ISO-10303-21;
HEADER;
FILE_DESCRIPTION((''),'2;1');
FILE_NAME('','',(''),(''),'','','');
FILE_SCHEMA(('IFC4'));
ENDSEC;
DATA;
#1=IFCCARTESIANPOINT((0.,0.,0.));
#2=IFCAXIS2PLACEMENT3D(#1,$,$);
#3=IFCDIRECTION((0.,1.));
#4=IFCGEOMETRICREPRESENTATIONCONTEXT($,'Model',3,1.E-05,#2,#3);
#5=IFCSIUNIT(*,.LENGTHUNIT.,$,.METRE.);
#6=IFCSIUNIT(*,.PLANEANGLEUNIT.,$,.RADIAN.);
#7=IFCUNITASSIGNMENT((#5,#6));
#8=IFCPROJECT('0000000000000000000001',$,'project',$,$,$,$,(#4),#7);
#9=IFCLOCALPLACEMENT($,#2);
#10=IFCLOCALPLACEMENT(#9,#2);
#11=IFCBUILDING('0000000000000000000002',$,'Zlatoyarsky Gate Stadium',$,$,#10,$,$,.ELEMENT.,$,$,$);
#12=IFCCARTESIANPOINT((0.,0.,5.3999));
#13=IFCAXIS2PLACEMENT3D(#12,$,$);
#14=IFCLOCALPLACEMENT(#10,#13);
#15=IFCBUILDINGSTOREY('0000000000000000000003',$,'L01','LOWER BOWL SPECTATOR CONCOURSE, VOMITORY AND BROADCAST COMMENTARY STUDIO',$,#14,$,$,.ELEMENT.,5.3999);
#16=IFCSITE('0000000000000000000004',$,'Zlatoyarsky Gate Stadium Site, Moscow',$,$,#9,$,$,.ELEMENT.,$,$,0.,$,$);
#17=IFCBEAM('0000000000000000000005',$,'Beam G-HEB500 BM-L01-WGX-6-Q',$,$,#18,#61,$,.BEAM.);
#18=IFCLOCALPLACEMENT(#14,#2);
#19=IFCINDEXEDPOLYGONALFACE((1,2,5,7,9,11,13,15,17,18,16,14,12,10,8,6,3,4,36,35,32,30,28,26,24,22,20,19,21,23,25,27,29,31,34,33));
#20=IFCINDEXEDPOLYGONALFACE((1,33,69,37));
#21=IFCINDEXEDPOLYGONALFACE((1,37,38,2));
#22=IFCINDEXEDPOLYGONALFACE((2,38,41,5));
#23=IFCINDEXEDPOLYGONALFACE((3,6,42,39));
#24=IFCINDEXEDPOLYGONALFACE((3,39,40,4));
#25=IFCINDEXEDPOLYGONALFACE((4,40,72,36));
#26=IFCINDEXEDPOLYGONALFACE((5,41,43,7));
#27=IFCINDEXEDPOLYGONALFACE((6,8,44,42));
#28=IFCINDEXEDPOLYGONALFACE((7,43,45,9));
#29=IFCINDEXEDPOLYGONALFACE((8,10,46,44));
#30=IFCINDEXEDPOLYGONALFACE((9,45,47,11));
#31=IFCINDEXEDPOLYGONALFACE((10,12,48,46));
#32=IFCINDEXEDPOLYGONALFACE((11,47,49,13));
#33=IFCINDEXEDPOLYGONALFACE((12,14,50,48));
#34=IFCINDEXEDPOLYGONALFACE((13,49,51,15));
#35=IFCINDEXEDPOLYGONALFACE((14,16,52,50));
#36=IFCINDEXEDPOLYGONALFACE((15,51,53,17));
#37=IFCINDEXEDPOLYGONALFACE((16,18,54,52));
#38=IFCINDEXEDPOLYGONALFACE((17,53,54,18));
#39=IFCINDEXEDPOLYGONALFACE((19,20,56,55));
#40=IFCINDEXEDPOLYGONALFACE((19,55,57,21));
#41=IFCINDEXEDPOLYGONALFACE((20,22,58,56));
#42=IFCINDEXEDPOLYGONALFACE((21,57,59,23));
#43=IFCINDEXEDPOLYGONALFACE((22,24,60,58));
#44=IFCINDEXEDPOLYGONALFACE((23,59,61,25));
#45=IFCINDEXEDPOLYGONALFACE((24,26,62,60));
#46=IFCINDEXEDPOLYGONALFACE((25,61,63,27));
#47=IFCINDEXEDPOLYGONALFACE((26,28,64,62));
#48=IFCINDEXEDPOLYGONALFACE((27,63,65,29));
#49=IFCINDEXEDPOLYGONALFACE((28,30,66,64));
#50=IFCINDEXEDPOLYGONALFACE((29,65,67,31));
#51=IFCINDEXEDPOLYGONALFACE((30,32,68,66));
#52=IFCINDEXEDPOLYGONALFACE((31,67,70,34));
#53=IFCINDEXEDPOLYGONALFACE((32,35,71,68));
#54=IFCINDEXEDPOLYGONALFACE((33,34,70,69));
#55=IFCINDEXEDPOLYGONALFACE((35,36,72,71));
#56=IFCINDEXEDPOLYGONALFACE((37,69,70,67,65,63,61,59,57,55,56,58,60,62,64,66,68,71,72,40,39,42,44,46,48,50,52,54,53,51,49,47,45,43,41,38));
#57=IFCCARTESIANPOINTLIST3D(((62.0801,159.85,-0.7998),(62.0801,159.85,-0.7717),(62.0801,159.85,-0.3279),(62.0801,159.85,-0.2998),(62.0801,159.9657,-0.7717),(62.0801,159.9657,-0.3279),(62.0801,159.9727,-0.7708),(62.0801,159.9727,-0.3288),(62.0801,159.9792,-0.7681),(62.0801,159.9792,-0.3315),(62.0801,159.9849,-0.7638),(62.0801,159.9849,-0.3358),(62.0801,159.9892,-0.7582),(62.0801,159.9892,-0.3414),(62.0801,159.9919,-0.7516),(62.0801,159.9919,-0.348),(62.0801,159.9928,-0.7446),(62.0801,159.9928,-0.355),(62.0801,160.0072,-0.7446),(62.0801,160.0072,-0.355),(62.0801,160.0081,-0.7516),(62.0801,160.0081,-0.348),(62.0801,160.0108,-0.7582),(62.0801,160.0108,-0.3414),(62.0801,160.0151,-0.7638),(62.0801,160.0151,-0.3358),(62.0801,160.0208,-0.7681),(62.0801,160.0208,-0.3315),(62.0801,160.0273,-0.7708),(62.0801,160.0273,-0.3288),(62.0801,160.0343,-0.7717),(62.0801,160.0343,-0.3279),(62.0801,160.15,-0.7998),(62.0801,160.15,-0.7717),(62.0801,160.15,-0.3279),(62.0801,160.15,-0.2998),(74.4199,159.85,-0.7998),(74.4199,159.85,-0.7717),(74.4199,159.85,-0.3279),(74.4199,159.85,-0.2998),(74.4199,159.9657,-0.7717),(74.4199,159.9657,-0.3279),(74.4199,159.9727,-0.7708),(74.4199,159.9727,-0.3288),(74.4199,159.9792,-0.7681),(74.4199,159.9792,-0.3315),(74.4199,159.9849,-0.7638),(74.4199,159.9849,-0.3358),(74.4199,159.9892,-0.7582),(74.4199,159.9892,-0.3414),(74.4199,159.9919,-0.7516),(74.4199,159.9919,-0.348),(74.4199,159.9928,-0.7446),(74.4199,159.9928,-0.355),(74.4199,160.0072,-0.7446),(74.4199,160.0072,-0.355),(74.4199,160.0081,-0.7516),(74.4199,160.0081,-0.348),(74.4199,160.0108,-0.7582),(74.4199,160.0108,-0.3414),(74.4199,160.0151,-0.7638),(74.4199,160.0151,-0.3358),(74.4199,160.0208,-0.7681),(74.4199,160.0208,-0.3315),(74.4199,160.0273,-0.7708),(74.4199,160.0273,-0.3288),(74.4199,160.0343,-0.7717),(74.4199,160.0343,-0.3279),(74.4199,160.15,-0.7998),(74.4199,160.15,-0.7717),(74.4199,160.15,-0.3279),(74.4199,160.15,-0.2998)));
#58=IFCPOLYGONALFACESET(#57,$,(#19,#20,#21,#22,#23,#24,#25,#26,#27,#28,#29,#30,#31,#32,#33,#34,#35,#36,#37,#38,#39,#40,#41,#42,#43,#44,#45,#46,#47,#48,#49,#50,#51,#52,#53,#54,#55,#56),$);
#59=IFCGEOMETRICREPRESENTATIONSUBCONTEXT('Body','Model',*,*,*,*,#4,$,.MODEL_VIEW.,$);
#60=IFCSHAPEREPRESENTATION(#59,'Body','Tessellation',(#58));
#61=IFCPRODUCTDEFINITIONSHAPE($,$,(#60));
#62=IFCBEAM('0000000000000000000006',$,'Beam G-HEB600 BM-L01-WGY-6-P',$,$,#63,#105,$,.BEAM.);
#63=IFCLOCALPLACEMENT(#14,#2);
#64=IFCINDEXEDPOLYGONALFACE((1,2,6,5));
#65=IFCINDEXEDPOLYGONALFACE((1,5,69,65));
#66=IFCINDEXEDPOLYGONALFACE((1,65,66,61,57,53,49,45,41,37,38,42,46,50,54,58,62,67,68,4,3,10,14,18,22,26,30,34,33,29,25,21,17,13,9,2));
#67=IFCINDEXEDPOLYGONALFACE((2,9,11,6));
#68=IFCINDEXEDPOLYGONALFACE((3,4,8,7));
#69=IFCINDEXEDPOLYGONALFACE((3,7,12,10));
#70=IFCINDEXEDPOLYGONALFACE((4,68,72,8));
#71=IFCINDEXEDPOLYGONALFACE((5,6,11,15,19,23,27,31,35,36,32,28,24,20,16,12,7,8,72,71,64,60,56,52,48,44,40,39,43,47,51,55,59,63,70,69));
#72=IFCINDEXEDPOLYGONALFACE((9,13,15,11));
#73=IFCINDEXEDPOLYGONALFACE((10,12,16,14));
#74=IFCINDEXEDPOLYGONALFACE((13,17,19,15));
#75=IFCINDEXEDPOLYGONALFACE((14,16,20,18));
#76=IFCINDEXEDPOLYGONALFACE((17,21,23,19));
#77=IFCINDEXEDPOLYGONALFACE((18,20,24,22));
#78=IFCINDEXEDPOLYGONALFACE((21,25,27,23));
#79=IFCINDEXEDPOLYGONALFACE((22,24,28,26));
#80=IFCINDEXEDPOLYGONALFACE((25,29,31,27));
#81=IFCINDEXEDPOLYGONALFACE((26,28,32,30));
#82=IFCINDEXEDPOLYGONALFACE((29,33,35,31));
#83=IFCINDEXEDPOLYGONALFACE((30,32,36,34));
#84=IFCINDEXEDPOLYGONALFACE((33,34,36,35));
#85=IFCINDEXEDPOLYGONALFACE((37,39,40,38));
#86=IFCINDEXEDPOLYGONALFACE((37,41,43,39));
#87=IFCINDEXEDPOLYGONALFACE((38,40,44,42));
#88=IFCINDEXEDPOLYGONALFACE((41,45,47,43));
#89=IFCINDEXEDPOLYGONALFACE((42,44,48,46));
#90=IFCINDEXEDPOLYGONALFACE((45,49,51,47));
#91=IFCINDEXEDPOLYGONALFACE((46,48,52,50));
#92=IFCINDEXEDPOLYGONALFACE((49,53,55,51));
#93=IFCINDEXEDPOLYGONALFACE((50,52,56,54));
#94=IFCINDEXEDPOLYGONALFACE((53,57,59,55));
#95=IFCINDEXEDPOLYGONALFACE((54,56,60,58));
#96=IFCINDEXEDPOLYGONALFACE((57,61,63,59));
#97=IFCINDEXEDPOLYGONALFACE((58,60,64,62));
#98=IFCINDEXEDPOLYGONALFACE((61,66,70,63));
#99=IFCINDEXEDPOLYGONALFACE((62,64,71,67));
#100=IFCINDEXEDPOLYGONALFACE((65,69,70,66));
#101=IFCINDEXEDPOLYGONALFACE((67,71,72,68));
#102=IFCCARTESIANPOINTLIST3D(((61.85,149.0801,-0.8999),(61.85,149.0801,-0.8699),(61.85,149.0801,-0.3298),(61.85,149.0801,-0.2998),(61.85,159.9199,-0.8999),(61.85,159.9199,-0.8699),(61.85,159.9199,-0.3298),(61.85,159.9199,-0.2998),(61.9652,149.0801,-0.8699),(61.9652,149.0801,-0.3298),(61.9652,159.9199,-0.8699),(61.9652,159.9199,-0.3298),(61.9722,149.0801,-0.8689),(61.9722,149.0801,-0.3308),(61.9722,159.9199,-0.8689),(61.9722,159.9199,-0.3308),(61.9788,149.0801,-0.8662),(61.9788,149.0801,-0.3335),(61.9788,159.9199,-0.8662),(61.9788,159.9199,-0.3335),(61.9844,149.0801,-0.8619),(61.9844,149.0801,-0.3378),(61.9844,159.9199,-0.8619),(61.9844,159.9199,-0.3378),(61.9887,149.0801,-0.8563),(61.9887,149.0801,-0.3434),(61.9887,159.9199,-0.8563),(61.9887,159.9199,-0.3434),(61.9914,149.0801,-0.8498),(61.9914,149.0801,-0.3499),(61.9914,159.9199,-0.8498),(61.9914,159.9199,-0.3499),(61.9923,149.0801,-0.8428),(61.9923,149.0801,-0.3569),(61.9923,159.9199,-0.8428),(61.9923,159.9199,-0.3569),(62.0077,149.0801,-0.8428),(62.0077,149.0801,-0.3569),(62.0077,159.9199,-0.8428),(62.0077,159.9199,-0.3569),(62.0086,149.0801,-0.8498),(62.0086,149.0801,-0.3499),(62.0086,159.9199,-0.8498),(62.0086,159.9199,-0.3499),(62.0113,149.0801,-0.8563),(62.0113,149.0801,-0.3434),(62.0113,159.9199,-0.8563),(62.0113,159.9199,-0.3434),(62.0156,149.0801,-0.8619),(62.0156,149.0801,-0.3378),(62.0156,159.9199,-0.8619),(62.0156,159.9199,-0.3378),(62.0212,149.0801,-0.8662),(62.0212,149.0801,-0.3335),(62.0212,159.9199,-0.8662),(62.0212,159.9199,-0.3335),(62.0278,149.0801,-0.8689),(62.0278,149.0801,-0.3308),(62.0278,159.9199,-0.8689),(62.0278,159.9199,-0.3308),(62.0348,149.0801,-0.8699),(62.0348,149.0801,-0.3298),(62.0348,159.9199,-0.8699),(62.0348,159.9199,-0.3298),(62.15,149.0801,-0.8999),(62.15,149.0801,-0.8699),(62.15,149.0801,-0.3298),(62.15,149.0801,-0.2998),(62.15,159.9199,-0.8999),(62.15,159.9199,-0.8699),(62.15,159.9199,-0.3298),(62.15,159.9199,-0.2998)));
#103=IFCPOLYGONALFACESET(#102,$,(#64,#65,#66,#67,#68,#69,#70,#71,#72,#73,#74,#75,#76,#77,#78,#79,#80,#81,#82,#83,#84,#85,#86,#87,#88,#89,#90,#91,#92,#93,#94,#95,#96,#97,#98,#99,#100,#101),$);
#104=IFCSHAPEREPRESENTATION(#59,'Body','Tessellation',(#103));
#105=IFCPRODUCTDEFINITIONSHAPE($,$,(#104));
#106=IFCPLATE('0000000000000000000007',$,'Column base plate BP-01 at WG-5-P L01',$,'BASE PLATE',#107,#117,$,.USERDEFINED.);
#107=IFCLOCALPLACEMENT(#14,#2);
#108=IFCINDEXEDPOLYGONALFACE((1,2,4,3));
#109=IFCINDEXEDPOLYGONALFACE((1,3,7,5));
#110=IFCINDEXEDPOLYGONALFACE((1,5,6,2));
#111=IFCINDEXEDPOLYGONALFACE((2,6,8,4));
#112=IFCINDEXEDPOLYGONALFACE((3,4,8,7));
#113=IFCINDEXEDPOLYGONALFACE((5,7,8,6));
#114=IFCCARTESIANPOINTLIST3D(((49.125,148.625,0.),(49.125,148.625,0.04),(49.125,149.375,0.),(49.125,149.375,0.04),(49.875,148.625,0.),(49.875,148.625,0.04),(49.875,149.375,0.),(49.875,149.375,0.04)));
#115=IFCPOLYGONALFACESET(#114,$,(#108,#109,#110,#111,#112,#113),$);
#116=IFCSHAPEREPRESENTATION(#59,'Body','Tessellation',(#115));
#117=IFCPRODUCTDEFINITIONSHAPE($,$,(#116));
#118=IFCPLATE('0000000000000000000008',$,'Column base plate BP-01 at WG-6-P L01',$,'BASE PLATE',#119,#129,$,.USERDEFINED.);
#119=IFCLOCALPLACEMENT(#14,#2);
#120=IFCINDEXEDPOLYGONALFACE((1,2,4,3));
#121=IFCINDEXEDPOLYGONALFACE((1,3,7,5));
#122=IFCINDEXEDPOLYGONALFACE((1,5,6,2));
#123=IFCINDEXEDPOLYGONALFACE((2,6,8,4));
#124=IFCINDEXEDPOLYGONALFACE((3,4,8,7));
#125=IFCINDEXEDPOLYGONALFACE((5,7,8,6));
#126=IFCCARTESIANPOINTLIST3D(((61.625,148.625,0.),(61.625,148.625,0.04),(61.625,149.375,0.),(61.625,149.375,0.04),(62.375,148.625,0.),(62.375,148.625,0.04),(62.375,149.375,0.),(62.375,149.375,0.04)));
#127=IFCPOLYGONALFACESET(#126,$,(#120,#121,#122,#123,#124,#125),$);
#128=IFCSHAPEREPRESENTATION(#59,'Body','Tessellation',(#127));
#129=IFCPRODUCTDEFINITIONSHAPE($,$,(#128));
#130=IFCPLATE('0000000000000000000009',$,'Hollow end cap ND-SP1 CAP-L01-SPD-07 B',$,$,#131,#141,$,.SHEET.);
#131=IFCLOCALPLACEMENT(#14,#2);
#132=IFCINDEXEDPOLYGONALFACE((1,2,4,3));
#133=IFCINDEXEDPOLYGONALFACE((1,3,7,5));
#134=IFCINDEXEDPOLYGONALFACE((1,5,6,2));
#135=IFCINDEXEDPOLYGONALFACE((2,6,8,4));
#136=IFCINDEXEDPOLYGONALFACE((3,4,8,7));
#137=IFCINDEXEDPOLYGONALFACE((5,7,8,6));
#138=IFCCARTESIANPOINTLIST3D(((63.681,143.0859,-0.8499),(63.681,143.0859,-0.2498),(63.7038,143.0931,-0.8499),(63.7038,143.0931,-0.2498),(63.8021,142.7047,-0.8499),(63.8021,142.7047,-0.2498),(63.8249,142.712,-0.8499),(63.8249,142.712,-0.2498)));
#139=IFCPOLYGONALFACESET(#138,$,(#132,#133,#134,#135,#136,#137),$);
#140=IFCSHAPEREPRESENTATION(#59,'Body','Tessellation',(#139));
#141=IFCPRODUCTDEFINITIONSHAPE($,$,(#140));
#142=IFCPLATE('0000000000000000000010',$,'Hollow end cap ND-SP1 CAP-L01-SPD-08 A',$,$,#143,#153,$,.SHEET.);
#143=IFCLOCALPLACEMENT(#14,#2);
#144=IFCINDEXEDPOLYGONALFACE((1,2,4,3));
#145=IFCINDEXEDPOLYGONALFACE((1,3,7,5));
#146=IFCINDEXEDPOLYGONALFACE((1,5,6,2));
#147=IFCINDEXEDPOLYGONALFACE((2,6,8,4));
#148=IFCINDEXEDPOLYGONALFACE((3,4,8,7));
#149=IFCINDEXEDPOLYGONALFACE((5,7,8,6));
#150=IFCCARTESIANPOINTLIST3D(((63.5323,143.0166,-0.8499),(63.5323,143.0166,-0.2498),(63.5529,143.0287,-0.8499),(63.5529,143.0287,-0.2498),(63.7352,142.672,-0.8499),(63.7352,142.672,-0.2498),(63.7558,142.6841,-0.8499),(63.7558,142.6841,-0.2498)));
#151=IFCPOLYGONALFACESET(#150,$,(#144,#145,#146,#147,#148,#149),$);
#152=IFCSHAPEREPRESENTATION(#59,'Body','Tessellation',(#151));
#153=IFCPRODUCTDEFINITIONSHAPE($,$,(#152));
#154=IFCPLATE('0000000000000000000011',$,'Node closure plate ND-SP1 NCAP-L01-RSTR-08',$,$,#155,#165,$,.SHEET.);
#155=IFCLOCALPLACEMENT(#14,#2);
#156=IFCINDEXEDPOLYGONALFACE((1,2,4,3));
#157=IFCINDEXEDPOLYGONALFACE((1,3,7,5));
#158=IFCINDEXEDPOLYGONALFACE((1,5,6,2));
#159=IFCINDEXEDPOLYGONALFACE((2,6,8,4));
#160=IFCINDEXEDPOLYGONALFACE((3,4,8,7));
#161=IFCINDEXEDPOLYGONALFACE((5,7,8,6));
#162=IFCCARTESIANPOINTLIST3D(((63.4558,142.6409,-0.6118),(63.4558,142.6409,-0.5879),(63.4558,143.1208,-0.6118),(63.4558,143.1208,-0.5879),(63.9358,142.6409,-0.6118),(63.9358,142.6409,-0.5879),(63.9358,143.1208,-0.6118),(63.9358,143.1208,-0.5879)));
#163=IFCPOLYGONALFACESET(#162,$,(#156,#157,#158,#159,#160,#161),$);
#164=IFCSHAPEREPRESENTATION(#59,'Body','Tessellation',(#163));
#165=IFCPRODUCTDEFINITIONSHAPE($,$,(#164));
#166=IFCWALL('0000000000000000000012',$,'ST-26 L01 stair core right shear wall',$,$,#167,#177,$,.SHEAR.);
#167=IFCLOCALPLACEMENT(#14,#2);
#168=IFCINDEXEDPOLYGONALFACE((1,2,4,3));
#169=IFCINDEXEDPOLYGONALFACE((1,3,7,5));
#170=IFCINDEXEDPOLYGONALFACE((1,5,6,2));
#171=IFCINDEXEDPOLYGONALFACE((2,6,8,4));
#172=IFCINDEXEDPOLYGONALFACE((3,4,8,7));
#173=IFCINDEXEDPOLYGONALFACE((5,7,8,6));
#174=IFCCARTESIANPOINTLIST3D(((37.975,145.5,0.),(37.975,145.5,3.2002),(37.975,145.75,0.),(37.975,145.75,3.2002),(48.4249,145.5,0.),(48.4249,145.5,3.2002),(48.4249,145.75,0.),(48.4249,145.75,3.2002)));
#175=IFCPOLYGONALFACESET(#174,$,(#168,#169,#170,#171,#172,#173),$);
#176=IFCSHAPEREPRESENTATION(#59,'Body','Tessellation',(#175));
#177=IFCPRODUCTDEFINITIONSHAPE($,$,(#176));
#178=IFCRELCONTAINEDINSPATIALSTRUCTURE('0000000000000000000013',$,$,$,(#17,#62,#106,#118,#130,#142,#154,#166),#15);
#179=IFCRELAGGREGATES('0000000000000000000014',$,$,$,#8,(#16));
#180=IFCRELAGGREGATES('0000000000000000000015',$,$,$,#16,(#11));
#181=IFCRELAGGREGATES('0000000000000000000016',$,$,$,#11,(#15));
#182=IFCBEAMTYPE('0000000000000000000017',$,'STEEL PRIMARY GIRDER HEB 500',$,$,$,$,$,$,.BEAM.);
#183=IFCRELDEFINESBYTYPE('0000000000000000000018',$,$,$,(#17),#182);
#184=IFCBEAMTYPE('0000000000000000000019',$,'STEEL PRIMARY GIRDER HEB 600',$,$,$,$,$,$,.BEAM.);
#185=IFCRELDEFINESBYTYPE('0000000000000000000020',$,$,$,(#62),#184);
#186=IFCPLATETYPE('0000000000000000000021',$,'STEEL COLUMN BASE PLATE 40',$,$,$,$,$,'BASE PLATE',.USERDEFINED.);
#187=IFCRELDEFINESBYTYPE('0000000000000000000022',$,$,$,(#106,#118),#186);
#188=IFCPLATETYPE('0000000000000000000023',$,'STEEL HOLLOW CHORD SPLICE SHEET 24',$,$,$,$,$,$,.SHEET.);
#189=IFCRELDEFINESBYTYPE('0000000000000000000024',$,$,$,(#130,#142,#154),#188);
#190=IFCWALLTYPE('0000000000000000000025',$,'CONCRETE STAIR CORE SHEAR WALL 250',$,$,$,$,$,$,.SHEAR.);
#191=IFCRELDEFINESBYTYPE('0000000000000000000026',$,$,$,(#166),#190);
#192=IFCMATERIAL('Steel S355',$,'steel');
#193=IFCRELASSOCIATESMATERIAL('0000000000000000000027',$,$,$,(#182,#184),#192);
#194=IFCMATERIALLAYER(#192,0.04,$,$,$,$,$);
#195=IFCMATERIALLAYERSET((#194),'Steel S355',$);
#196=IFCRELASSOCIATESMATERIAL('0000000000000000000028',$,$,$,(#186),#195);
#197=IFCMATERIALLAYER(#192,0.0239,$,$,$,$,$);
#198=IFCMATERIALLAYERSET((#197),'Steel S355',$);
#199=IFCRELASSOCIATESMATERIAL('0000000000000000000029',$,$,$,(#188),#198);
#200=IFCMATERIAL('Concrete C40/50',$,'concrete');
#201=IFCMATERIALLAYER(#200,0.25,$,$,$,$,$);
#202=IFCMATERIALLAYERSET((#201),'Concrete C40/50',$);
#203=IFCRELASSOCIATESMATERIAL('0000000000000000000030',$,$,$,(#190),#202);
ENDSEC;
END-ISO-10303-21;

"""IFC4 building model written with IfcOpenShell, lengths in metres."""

from ifc_helpers import new_model, si_unit, direction, frame, frame_2d, origin, origin_2d, place, context, subcontext, project, spatial, rectangle, i_section, extrude, material, layer, layer_set, material_profile, profile_set, type_object, element, save


model = new_model("IFC4")

# Units and contexts
model_context = context("Model", 3, precision=1e-05, world=origin(), true_north=direction((0.0, 1.0)))
body_context = subcontext(model_context, "Body", "Model", "MODEL_VIEW")
ifc_project = project(units=[si_unit("LENGTHUNIT", "METRE"), si_unit("PLANEANGLEUNIT", "RADIAN")], contexts=[model_context])

# Site, building, storey
site_placement = place(None, origin())
site = spatial("IfcSite", under=ifc_project, at=site_placement, Name="Zlatoyarsky Gate Stadium Site, Moscow", CompositionType="ELEMENT", RefElevation=0.0)
building_placement = place(site_placement, origin())
building = spatial("IfcBuilding", under=site, at=building_placement, Name="Zlatoyarsky Gate Stadium", CompositionType="ELEMENT")
storey_placement = place(building_placement, frame((0.0, 0.0, 5.3999)))
storey = spatial("IfcBuildingStorey", under=building, at=storey_placement, Name="L01", Description="LOWER BOWL SPECTATOR CONCOURSE, VOMITORY AND BROADCAST COMMENTARY STUDIO", CompositionType="ELEMENT", Elevation=5.3999)

# Shared definitions
ifc_material_1 = material(Name="Concrete C40/50", Category="concrete")
ifc_material_2 = material(Name="Steel S355", Category="steel")

# Beams
ifc_material_profile_1 = material_profile(ifc_material_2, i_section(OverallWidth=0.3, OverallDepth=0.5, WebThickness=0.0144, FlangeThickness=0.0281, FilletRadius=0.0271, at=origin_2d()), Name="HEB 500")
ifc_profile_set_1 = profile_set([ifc_material_profile_1], Name="Steel S355")
beam_type_1 = type_object("IfcBeamType", Name="STEEL PRIMARY GIRDER HEB 500", PredefinedType="BEAM", material=ifc_profile_set_1)
for number, where, z_axis, x_axis, name in (
    (1, (62.0801, 160.0, -0.5498), (1.0, 0.0, 0.0), (0.0, 1.0, 0.0), "Beam G-HEB500 BM-L01-WGX-6-Q"),
):
    element("IfcBeam", number, at=place(storey_placement, frame(where, z_axis=z_axis, x_axis=x_axis)), inside=storey, type_object=beam_type_1, Name=name, PredefinedType="BEAM", context=body_context, shape_type="SweptSolid", body=[
        extrude(i_section(OverallWidth=0.3, OverallDepth=0.5, WebThickness=0.0144, FlangeThickness=0.0281, FilletRadius=0.0271, at=origin_2d()), origin(), (0.0, 0.0, 1.0), 12.3398),
    ])
ifc_material_profile_2 = material_profile(ifc_material_2, i_section(OverallWidth=0.3, OverallDepth=0.6001, WebThickness=0.0154, FlangeThickness=0.03, FilletRadius=0.0271, at=origin_2d()), Name="HEB 600")
ifc_profile_set_2 = profile_set([ifc_material_profile_2], Name="Steel S355")
beam_type_2 = type_object("IfcBeamType", Name="STEEL PRIMARY GIRDER HEB 600", PredefinedType="BEAM", material=ifc_profile_set_2)
beam_1_placement = place(storey_placement, frame((62.0, 149.0801, -0.5999), z_axis=(0.0, 1.0, 0.0), x_axis=(-1.0, 0.0, 0.0)))
element("IfcBeam", 2, at=beam_1_placement, inside=storey, type_object=beam_type_2, Name="Beam G-HEB600 BM-L01-WGY-6-P", PredefinedType="BEAM", context=body_context, shape_type="SweptSolid", body=[
    extrude(i_section(OverallWidth=0.3, OverallDepth=0.6001, WebThickness=0.0154, FlangeThickness=0.03, FilletRadius=0.0271, at=origin_2d()), origin(), (0.0, 0.0, 1.0), 10.8398),
])

# Plates
ifc_layer_1 = layer(ifc_material_2, 0.04)
ifc_layer_set_1 = layer_set([ifc_layer_1], Name="Steel S355")
plate_type_1 = type_object("IfcPlateType", Name="STEEL COLUMN BASE PLATE 40", ElementType="BASE PLATE", PredefinedType="USERDEFINED", material=ifc_layer_set_1)
for number, where, z_axis, x_axis, name in (
    (3, (49.5, 149.0, 0.0), (0.0, 0.0, 1.0), (1.0, 0.0, 0.0), "Column base plate BP-01 at WG-5-P L01"),
    (4, (62.0, 149.0, 0.0), (0.0, 0.0, 1.0), (1.0, 0.0, 0.0), "Column base plate BP-01 at WG-6-P L01"),
):
    element("IfcPlate", number, at=place(storey_placement, frame(where, z_axis=z_axis, x_axis=x_axis)), inside=storey, type_object=plate_type_1, Name=name, ObjectType="BASE PLATE", PredefinedType="USERDEFINED", context=body_context, shape_type="SweptSolid", body=[
        extrude(rectangle(XDim=0.75, YDim=0.75, at=origin_2d()), origin(), (0.0, 0.0, 1.0), 0.04),
    ])
ifc_layer_2 = layer(ifc_material_2, 0.0239)
ifc_layer_set_2 = layer_set([ifc_layer_2], Name="Steel S355")
plate_type_2 = type_object("IfcPlateType", Name="STEEL HOLLOW CHORD SPLICE SHEET 24", PredefinedType="SHEET", material=ifc_layer_set_2)
for number, where, z_axis, x_axis, name in (
    (5, (63.7529, 142.8989, -0.8499), (0.0, 0.0, 1.0), (-0.953005, -0.302954, 0.0), "Hollow end cap ND-SP1 CAP-L01-SPD-07 B"),
    (6, (63.644, 142.8503, -0.8499), (0.0, 0.0, 1.0), (-0.861687, -0.50744, 0.0), "Hollow end cap ND-SP1 CAP-L01-SPD-08 A"),
):
    element("IfcPlate", number, at=place(storey_placement, frame(where, z_axis=z_axis, x_axis=x_axis)), inside=storey, type_object=plate_type_2, Name=name, PredefinedType="SHEET", context=body_context, shape_type="SweptSolid", body=[
        extrude(rectangle(XDim=0.0239, YDim=0.3999, at=origin_2d()), origin(), (0.0, 0.0, 1.0), 0.6001),
    ])
plate_placement = place(storey_placement, frame((63.6958, 142.8809, -0.6118), z_axis=(0.0, 0.0, 1.0), x_axis=(1.0, 0.0, 0.0)))
element("IfcPlate", 7, at=plate_placement, inside=storey, type_object=plate_type_2, Name="Node closure plate ND-SP1 NCAP-L01-RSTR-08", PredefinedType="SHEET", context=body_context, shape_type="SweptSolid", body=[
    extrude(rectangle(XDim=0.48, YDim=0.48, at=origin_2d()), origin(), (0.0, 0.0, 1.0), 0.0239),
])

# Wall
ifc_layer_3 = layer(ifc_material_1, 0.25)
ifc_layer_set_3 = layer_set([ifc_layer_3], Name="Concrete C40/50")
wall_type_1 = type_object("IfcWallType", Name="CONCRETE STAIR CORE SHEAR WALL 250", PredefinedType="SHEAR", material=ifc_layer_set_3)
wall_1_placement = place(storey_placement, frame((48.425, 145.625, 0.0), z_axis=(0.0, 0.0, 1.0), x_axis=(-1.0, 0.0, 0.0)))
element("IfcWall", 8, at=wall_1_placement, inside=storey, type_object=wall_type_1, Name="ST-26 L01 stair core right shear wall", PredefinedType="SHEAR", context=body_context, shape_type="SweptSolid", body=[
    extrude(rectangle(XDim=10.45, YDim=0.25, at=frame_2d((5.2251, 0.0))), origin(), (0.0, 0.0, 1.0), 3.2002),
])

save(model, "model.ifc")
